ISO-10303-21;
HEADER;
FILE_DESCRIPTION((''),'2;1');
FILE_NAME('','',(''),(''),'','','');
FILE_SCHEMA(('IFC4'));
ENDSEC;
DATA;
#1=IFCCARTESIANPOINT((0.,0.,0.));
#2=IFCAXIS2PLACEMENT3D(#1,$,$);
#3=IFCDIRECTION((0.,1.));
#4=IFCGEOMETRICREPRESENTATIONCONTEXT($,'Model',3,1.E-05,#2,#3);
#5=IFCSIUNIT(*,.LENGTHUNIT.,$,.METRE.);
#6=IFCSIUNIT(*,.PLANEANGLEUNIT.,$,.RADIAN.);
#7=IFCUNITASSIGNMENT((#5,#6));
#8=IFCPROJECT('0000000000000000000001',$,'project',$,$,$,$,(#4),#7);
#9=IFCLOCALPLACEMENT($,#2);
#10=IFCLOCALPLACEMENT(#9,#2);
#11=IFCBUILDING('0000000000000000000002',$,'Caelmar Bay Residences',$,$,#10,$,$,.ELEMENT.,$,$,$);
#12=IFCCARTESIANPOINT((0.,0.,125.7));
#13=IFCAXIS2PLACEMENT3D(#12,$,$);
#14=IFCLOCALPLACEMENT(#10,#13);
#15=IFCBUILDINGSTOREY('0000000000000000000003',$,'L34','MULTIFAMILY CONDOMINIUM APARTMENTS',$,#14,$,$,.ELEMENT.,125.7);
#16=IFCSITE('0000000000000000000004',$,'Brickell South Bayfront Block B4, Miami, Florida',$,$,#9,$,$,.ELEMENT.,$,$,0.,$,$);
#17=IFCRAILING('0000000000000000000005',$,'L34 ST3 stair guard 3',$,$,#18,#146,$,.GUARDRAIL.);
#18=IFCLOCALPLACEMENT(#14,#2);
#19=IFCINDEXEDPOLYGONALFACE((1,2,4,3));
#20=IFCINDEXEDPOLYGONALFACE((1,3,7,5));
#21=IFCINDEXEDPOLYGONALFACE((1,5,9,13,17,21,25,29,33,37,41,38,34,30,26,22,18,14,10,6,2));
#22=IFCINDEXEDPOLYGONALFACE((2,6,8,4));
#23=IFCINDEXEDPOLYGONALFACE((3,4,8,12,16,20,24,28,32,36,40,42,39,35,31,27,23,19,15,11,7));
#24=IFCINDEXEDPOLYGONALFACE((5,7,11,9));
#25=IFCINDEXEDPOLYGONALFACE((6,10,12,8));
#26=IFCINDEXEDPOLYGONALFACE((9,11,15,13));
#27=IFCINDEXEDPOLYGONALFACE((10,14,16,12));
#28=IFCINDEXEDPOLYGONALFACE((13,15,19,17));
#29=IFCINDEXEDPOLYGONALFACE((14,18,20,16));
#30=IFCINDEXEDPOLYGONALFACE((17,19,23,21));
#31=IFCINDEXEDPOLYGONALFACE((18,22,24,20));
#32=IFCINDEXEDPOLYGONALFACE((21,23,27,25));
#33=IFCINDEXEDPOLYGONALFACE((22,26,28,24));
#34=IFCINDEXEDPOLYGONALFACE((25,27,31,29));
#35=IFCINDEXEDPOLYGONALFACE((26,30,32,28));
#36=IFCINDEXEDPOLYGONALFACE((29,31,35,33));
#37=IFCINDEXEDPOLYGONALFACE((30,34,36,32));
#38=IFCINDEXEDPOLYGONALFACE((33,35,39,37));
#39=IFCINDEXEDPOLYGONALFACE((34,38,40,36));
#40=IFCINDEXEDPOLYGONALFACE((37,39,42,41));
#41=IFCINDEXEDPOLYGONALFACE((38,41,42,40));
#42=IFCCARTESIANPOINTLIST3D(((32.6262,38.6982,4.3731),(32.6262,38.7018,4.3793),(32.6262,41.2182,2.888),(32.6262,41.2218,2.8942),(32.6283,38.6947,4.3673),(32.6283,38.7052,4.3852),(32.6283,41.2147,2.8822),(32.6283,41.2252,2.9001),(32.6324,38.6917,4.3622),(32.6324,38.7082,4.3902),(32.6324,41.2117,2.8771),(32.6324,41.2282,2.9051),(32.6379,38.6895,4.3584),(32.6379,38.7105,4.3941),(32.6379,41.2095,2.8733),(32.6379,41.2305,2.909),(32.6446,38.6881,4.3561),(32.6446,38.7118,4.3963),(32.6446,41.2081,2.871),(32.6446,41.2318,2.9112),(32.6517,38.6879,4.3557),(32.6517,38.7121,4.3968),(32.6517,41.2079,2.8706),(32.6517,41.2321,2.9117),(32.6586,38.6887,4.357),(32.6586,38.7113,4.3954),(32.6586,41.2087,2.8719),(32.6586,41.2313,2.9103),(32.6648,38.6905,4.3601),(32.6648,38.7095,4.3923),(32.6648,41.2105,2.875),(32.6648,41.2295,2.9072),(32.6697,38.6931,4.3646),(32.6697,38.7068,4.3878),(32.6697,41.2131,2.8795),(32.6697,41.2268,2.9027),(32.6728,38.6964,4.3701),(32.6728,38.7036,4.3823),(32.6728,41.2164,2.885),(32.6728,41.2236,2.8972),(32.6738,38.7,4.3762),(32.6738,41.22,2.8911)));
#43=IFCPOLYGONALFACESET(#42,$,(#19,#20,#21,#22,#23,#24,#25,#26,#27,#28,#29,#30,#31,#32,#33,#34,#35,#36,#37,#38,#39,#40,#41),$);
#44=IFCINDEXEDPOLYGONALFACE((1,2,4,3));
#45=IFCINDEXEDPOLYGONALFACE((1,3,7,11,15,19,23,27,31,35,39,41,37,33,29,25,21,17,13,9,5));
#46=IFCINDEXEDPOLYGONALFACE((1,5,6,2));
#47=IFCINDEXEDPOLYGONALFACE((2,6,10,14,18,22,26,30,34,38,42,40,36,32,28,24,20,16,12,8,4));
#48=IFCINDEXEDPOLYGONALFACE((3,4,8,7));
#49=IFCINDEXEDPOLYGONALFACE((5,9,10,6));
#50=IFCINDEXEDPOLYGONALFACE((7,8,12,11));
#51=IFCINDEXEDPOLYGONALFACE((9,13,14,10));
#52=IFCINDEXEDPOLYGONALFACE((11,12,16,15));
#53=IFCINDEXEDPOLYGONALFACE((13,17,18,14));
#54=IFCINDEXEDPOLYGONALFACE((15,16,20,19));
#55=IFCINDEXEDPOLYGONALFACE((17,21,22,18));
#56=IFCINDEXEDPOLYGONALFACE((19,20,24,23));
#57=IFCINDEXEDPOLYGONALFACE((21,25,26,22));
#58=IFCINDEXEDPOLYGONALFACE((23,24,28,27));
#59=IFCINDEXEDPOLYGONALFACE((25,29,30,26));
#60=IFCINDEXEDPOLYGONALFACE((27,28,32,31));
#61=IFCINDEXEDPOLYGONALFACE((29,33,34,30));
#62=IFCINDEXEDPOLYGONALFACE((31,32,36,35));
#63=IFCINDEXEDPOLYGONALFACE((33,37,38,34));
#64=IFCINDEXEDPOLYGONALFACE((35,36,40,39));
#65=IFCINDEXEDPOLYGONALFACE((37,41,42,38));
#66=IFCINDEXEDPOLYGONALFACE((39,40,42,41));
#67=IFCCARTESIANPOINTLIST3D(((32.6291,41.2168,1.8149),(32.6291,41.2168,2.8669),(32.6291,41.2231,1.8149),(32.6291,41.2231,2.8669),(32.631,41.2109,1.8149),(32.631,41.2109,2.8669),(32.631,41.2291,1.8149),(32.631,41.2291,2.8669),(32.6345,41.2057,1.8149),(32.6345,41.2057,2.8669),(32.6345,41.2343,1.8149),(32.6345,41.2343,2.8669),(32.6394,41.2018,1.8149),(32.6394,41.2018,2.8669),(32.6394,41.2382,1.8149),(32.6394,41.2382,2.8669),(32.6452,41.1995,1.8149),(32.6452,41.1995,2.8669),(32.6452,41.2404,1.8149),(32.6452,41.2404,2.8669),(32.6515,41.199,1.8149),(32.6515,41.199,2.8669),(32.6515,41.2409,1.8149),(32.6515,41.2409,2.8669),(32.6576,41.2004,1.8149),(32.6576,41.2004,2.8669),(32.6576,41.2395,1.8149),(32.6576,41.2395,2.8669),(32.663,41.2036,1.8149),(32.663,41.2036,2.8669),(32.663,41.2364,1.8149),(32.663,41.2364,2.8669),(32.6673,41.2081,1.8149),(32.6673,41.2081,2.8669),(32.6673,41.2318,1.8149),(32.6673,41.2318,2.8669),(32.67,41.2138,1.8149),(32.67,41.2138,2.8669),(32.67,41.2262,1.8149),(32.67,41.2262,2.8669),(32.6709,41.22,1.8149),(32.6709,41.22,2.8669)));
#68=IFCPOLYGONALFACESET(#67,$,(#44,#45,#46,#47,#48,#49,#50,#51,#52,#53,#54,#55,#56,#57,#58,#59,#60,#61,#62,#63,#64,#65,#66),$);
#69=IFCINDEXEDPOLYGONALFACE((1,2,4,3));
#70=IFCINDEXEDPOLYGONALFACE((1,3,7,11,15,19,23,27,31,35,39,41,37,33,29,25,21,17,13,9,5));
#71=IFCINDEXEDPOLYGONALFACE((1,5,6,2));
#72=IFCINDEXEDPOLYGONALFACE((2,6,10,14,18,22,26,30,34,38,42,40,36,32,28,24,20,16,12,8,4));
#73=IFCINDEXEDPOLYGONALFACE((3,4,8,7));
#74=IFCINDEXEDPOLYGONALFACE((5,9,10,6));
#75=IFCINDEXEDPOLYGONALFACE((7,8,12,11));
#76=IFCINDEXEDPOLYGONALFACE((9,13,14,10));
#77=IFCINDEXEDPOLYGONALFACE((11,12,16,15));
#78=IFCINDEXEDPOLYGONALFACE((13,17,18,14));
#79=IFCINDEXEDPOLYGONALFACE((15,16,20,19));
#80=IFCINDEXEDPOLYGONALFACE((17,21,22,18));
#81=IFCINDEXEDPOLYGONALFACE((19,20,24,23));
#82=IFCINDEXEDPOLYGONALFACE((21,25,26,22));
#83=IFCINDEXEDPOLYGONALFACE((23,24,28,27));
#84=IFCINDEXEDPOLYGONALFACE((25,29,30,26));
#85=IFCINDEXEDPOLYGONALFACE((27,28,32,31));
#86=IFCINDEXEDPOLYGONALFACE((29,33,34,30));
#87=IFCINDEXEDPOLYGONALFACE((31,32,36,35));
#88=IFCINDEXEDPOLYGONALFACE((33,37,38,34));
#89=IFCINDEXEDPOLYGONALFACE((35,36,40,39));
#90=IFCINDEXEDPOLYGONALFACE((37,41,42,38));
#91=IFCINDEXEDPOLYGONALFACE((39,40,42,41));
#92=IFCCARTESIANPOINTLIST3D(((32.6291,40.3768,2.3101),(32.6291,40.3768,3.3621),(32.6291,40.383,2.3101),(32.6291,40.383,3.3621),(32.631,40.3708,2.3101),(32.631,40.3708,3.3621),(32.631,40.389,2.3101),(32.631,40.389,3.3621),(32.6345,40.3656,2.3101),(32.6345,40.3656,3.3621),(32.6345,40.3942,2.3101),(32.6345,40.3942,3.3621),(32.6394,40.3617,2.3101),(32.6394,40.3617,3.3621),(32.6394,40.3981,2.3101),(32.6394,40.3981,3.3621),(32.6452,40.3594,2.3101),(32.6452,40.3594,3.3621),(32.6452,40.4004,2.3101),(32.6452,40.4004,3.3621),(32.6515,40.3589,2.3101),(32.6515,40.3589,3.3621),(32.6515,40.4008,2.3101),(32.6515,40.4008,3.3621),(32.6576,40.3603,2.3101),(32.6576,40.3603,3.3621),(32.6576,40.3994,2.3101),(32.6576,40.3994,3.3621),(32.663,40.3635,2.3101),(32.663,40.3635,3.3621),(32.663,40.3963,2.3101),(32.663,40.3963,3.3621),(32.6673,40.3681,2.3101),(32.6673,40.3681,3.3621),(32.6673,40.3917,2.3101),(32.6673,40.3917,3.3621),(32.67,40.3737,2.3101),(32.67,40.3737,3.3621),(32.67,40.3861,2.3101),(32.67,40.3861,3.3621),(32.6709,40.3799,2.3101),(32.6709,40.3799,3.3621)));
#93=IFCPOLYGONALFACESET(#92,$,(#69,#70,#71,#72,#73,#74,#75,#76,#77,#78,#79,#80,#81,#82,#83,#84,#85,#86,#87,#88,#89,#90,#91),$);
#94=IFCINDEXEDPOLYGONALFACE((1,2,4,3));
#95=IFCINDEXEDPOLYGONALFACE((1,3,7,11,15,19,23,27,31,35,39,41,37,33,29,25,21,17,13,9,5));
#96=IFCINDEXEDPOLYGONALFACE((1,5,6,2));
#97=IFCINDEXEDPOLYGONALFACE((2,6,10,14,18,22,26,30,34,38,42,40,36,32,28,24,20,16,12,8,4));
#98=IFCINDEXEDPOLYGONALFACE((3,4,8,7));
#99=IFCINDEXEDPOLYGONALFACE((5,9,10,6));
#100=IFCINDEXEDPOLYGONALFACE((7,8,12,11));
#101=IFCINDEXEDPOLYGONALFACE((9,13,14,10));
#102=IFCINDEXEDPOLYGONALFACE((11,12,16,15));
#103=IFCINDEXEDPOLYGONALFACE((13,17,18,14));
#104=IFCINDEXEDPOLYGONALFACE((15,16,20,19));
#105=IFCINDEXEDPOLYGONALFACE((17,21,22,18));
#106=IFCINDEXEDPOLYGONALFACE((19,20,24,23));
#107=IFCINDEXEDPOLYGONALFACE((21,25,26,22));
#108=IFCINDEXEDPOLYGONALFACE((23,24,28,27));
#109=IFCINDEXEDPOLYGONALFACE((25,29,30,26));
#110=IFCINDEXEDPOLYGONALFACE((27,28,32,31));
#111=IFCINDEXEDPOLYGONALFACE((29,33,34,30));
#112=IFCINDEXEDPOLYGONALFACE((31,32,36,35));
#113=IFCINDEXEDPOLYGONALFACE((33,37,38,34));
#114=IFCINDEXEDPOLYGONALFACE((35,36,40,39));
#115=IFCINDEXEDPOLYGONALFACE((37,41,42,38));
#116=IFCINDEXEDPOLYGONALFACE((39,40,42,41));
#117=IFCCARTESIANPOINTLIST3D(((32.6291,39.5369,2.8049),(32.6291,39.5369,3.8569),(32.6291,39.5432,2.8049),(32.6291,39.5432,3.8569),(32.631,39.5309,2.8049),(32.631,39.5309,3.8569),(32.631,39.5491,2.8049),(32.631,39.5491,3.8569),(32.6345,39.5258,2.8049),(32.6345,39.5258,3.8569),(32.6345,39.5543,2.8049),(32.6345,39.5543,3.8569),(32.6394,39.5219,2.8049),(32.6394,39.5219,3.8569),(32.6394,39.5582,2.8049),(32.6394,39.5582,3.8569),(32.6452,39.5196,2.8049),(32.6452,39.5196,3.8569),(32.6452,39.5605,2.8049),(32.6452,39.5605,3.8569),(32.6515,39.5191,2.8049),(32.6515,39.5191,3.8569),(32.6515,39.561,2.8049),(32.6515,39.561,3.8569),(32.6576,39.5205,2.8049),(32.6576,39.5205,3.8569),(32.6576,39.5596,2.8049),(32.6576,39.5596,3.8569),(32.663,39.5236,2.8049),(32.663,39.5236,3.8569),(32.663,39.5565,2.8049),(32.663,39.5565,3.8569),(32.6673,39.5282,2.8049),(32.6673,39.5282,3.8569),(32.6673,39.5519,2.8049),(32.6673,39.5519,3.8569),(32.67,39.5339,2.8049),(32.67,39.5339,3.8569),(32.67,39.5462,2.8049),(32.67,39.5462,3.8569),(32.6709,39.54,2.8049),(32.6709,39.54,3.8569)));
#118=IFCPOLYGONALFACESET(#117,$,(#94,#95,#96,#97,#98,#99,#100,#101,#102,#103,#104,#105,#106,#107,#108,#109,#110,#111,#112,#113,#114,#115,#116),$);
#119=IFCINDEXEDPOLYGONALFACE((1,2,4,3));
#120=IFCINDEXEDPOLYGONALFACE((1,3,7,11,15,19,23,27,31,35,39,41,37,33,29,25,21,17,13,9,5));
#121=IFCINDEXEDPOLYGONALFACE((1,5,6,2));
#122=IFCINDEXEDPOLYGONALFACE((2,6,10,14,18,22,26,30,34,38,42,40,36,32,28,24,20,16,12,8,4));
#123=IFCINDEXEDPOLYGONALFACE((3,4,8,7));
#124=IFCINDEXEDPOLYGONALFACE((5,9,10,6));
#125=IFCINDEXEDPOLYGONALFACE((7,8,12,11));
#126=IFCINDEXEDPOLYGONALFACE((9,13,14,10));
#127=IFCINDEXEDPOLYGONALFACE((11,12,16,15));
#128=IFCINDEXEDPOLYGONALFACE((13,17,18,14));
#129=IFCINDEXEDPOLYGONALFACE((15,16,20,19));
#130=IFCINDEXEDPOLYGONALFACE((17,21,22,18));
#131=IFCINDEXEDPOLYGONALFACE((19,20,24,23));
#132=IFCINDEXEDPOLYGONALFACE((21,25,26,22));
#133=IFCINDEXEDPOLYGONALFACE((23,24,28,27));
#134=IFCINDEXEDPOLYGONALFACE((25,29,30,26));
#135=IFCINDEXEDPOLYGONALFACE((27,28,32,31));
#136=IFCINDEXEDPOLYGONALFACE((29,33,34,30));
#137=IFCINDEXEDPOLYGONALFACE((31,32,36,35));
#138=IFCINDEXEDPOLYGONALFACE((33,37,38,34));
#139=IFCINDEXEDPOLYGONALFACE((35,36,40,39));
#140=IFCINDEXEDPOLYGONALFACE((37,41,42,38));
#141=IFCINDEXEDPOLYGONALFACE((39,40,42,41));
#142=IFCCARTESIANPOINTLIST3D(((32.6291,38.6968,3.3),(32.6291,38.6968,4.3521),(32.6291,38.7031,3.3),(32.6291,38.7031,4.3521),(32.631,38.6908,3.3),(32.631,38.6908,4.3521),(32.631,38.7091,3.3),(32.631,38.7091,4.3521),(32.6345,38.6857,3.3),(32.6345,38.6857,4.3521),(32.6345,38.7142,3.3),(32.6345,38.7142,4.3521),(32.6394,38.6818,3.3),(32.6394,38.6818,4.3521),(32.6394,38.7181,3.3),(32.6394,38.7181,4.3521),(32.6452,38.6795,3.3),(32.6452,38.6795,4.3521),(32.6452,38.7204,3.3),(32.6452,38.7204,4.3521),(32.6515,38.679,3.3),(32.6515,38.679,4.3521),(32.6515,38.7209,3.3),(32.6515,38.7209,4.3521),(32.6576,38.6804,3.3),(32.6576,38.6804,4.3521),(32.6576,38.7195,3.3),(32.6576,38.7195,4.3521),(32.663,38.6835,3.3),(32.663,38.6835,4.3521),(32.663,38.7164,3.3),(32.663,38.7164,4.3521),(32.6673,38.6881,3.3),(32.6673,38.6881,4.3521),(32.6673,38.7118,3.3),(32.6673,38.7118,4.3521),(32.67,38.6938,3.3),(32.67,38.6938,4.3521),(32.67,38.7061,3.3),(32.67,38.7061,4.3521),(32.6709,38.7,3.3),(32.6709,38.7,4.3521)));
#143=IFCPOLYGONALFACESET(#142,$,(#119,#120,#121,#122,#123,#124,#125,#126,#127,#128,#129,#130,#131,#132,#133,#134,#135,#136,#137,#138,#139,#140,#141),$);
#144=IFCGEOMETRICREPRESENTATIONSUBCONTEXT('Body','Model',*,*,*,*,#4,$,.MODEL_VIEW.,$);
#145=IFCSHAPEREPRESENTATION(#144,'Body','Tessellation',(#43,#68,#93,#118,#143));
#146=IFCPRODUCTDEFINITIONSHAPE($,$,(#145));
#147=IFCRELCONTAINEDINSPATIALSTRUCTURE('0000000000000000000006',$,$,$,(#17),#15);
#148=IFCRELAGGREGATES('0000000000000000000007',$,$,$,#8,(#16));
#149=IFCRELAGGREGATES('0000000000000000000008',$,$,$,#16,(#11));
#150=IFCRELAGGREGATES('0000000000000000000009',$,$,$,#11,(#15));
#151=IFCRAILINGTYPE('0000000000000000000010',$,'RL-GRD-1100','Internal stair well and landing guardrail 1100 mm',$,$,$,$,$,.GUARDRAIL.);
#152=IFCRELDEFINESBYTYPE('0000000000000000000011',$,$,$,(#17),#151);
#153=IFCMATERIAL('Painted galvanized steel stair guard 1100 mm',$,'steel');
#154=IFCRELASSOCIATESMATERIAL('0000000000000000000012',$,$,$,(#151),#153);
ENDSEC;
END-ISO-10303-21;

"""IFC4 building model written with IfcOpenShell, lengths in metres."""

from ifc_helpers import new_model, si_unit, direction, frame, origin, origin_2d, place, context, subcontext, project, spatial, circle, extrude, material, type_object, element, save


model = new_model("IFC4")

# Units and contexts
model_context = context("Model", 3, precision=1e-05, world=origin(), true_north=direction((0.0, 1.0)))
body_context = subcontext(model_context, "Body", "Model", "MODEL_VIEW")
ifc_project = project(units=[si_unit("LENGTHUNIT", "METRE"), si_unit("PLANEANGLEUNIT", "RADIAN")], contexts=[model_context])

# Site, building, storey
site_placement = place(None, origin())
site = spatial("IfcSite", under=ifc_project, at=site_placement, Name="Brickell South Bayfront Block B4, Miami, Florida", CompositionType="ELEMENT", RefElevation=0.0)
building_placement = place(site_placement, origin())
building = spatial("IfcBuilding", under=site, at=building_placement, Name="Caelmar Bay Residences", CompositionType="ELEMENT")
storey_placement = place(building_placement, frame((0.0, 0.0, 125.7)))
storey = spatial("IfcBuildingStorey", under=building, at=storey_placement, Name="L34", Description="MULTIFAMILY CONDOMINIUM APARTMENTS", CompositionType="ELEMENT", Elevation=125.7)

# Railing
ifc_material_1 = material(Name="Painted galvanized steel stair guard 1100 mm", Category="steel")
railing_type_1 = type_object("IfcRailingType", Name="RL-GRD-1100", Description="Internal stair well and landing guardrail 1100 mm", PredefinedType="GUARDRAIL", material=ifc_material_1)
railing_1_placement = place(storey_placement, frame((32.6499, 41.22, 1.8149)))
element("IfcRailing", 1, at=railing_1_placement, inside=storey, type_object=railing_type_1, Name="L34 ST3 stair guard 3", PredefinedType="GUARDRAIL", context=body_context, shape_type="SweptSolid", body=[
    extrude(circle(Radius=0.0239, at=origin_2d()), frame((0.0, 0.0, 1.0762), z_axis=(0.0, -0.861524, 0.507717), x_axis=(1.0, 0.0, 0.0)), (0.0, 0.0, 1.0), 2.925),
    extrude(circle(Radius=0.021, at=origin_2d()), origin(), (0.0, 0.0, 1.0), 1.052),
    extrude(circle(Radius=0.021, at=origin_2d()), frame((0.0, -0.8401, 0.4951)), (0.0, 0.0, 1.0), 1.052),
    extrude(circle(Radius=0.021, at=origin_2d()), frame((0.0, -1.6799, 0.99)), (0.0, 0.0, 1.0), 1.052),
    extrude(circle(Radius=0.021, at=origin_2d()), frame((0.0, -2.52, 1.4851)), (0.0, 0.0, 1.0), 1.052),
])

save(model, "model.ifc")
